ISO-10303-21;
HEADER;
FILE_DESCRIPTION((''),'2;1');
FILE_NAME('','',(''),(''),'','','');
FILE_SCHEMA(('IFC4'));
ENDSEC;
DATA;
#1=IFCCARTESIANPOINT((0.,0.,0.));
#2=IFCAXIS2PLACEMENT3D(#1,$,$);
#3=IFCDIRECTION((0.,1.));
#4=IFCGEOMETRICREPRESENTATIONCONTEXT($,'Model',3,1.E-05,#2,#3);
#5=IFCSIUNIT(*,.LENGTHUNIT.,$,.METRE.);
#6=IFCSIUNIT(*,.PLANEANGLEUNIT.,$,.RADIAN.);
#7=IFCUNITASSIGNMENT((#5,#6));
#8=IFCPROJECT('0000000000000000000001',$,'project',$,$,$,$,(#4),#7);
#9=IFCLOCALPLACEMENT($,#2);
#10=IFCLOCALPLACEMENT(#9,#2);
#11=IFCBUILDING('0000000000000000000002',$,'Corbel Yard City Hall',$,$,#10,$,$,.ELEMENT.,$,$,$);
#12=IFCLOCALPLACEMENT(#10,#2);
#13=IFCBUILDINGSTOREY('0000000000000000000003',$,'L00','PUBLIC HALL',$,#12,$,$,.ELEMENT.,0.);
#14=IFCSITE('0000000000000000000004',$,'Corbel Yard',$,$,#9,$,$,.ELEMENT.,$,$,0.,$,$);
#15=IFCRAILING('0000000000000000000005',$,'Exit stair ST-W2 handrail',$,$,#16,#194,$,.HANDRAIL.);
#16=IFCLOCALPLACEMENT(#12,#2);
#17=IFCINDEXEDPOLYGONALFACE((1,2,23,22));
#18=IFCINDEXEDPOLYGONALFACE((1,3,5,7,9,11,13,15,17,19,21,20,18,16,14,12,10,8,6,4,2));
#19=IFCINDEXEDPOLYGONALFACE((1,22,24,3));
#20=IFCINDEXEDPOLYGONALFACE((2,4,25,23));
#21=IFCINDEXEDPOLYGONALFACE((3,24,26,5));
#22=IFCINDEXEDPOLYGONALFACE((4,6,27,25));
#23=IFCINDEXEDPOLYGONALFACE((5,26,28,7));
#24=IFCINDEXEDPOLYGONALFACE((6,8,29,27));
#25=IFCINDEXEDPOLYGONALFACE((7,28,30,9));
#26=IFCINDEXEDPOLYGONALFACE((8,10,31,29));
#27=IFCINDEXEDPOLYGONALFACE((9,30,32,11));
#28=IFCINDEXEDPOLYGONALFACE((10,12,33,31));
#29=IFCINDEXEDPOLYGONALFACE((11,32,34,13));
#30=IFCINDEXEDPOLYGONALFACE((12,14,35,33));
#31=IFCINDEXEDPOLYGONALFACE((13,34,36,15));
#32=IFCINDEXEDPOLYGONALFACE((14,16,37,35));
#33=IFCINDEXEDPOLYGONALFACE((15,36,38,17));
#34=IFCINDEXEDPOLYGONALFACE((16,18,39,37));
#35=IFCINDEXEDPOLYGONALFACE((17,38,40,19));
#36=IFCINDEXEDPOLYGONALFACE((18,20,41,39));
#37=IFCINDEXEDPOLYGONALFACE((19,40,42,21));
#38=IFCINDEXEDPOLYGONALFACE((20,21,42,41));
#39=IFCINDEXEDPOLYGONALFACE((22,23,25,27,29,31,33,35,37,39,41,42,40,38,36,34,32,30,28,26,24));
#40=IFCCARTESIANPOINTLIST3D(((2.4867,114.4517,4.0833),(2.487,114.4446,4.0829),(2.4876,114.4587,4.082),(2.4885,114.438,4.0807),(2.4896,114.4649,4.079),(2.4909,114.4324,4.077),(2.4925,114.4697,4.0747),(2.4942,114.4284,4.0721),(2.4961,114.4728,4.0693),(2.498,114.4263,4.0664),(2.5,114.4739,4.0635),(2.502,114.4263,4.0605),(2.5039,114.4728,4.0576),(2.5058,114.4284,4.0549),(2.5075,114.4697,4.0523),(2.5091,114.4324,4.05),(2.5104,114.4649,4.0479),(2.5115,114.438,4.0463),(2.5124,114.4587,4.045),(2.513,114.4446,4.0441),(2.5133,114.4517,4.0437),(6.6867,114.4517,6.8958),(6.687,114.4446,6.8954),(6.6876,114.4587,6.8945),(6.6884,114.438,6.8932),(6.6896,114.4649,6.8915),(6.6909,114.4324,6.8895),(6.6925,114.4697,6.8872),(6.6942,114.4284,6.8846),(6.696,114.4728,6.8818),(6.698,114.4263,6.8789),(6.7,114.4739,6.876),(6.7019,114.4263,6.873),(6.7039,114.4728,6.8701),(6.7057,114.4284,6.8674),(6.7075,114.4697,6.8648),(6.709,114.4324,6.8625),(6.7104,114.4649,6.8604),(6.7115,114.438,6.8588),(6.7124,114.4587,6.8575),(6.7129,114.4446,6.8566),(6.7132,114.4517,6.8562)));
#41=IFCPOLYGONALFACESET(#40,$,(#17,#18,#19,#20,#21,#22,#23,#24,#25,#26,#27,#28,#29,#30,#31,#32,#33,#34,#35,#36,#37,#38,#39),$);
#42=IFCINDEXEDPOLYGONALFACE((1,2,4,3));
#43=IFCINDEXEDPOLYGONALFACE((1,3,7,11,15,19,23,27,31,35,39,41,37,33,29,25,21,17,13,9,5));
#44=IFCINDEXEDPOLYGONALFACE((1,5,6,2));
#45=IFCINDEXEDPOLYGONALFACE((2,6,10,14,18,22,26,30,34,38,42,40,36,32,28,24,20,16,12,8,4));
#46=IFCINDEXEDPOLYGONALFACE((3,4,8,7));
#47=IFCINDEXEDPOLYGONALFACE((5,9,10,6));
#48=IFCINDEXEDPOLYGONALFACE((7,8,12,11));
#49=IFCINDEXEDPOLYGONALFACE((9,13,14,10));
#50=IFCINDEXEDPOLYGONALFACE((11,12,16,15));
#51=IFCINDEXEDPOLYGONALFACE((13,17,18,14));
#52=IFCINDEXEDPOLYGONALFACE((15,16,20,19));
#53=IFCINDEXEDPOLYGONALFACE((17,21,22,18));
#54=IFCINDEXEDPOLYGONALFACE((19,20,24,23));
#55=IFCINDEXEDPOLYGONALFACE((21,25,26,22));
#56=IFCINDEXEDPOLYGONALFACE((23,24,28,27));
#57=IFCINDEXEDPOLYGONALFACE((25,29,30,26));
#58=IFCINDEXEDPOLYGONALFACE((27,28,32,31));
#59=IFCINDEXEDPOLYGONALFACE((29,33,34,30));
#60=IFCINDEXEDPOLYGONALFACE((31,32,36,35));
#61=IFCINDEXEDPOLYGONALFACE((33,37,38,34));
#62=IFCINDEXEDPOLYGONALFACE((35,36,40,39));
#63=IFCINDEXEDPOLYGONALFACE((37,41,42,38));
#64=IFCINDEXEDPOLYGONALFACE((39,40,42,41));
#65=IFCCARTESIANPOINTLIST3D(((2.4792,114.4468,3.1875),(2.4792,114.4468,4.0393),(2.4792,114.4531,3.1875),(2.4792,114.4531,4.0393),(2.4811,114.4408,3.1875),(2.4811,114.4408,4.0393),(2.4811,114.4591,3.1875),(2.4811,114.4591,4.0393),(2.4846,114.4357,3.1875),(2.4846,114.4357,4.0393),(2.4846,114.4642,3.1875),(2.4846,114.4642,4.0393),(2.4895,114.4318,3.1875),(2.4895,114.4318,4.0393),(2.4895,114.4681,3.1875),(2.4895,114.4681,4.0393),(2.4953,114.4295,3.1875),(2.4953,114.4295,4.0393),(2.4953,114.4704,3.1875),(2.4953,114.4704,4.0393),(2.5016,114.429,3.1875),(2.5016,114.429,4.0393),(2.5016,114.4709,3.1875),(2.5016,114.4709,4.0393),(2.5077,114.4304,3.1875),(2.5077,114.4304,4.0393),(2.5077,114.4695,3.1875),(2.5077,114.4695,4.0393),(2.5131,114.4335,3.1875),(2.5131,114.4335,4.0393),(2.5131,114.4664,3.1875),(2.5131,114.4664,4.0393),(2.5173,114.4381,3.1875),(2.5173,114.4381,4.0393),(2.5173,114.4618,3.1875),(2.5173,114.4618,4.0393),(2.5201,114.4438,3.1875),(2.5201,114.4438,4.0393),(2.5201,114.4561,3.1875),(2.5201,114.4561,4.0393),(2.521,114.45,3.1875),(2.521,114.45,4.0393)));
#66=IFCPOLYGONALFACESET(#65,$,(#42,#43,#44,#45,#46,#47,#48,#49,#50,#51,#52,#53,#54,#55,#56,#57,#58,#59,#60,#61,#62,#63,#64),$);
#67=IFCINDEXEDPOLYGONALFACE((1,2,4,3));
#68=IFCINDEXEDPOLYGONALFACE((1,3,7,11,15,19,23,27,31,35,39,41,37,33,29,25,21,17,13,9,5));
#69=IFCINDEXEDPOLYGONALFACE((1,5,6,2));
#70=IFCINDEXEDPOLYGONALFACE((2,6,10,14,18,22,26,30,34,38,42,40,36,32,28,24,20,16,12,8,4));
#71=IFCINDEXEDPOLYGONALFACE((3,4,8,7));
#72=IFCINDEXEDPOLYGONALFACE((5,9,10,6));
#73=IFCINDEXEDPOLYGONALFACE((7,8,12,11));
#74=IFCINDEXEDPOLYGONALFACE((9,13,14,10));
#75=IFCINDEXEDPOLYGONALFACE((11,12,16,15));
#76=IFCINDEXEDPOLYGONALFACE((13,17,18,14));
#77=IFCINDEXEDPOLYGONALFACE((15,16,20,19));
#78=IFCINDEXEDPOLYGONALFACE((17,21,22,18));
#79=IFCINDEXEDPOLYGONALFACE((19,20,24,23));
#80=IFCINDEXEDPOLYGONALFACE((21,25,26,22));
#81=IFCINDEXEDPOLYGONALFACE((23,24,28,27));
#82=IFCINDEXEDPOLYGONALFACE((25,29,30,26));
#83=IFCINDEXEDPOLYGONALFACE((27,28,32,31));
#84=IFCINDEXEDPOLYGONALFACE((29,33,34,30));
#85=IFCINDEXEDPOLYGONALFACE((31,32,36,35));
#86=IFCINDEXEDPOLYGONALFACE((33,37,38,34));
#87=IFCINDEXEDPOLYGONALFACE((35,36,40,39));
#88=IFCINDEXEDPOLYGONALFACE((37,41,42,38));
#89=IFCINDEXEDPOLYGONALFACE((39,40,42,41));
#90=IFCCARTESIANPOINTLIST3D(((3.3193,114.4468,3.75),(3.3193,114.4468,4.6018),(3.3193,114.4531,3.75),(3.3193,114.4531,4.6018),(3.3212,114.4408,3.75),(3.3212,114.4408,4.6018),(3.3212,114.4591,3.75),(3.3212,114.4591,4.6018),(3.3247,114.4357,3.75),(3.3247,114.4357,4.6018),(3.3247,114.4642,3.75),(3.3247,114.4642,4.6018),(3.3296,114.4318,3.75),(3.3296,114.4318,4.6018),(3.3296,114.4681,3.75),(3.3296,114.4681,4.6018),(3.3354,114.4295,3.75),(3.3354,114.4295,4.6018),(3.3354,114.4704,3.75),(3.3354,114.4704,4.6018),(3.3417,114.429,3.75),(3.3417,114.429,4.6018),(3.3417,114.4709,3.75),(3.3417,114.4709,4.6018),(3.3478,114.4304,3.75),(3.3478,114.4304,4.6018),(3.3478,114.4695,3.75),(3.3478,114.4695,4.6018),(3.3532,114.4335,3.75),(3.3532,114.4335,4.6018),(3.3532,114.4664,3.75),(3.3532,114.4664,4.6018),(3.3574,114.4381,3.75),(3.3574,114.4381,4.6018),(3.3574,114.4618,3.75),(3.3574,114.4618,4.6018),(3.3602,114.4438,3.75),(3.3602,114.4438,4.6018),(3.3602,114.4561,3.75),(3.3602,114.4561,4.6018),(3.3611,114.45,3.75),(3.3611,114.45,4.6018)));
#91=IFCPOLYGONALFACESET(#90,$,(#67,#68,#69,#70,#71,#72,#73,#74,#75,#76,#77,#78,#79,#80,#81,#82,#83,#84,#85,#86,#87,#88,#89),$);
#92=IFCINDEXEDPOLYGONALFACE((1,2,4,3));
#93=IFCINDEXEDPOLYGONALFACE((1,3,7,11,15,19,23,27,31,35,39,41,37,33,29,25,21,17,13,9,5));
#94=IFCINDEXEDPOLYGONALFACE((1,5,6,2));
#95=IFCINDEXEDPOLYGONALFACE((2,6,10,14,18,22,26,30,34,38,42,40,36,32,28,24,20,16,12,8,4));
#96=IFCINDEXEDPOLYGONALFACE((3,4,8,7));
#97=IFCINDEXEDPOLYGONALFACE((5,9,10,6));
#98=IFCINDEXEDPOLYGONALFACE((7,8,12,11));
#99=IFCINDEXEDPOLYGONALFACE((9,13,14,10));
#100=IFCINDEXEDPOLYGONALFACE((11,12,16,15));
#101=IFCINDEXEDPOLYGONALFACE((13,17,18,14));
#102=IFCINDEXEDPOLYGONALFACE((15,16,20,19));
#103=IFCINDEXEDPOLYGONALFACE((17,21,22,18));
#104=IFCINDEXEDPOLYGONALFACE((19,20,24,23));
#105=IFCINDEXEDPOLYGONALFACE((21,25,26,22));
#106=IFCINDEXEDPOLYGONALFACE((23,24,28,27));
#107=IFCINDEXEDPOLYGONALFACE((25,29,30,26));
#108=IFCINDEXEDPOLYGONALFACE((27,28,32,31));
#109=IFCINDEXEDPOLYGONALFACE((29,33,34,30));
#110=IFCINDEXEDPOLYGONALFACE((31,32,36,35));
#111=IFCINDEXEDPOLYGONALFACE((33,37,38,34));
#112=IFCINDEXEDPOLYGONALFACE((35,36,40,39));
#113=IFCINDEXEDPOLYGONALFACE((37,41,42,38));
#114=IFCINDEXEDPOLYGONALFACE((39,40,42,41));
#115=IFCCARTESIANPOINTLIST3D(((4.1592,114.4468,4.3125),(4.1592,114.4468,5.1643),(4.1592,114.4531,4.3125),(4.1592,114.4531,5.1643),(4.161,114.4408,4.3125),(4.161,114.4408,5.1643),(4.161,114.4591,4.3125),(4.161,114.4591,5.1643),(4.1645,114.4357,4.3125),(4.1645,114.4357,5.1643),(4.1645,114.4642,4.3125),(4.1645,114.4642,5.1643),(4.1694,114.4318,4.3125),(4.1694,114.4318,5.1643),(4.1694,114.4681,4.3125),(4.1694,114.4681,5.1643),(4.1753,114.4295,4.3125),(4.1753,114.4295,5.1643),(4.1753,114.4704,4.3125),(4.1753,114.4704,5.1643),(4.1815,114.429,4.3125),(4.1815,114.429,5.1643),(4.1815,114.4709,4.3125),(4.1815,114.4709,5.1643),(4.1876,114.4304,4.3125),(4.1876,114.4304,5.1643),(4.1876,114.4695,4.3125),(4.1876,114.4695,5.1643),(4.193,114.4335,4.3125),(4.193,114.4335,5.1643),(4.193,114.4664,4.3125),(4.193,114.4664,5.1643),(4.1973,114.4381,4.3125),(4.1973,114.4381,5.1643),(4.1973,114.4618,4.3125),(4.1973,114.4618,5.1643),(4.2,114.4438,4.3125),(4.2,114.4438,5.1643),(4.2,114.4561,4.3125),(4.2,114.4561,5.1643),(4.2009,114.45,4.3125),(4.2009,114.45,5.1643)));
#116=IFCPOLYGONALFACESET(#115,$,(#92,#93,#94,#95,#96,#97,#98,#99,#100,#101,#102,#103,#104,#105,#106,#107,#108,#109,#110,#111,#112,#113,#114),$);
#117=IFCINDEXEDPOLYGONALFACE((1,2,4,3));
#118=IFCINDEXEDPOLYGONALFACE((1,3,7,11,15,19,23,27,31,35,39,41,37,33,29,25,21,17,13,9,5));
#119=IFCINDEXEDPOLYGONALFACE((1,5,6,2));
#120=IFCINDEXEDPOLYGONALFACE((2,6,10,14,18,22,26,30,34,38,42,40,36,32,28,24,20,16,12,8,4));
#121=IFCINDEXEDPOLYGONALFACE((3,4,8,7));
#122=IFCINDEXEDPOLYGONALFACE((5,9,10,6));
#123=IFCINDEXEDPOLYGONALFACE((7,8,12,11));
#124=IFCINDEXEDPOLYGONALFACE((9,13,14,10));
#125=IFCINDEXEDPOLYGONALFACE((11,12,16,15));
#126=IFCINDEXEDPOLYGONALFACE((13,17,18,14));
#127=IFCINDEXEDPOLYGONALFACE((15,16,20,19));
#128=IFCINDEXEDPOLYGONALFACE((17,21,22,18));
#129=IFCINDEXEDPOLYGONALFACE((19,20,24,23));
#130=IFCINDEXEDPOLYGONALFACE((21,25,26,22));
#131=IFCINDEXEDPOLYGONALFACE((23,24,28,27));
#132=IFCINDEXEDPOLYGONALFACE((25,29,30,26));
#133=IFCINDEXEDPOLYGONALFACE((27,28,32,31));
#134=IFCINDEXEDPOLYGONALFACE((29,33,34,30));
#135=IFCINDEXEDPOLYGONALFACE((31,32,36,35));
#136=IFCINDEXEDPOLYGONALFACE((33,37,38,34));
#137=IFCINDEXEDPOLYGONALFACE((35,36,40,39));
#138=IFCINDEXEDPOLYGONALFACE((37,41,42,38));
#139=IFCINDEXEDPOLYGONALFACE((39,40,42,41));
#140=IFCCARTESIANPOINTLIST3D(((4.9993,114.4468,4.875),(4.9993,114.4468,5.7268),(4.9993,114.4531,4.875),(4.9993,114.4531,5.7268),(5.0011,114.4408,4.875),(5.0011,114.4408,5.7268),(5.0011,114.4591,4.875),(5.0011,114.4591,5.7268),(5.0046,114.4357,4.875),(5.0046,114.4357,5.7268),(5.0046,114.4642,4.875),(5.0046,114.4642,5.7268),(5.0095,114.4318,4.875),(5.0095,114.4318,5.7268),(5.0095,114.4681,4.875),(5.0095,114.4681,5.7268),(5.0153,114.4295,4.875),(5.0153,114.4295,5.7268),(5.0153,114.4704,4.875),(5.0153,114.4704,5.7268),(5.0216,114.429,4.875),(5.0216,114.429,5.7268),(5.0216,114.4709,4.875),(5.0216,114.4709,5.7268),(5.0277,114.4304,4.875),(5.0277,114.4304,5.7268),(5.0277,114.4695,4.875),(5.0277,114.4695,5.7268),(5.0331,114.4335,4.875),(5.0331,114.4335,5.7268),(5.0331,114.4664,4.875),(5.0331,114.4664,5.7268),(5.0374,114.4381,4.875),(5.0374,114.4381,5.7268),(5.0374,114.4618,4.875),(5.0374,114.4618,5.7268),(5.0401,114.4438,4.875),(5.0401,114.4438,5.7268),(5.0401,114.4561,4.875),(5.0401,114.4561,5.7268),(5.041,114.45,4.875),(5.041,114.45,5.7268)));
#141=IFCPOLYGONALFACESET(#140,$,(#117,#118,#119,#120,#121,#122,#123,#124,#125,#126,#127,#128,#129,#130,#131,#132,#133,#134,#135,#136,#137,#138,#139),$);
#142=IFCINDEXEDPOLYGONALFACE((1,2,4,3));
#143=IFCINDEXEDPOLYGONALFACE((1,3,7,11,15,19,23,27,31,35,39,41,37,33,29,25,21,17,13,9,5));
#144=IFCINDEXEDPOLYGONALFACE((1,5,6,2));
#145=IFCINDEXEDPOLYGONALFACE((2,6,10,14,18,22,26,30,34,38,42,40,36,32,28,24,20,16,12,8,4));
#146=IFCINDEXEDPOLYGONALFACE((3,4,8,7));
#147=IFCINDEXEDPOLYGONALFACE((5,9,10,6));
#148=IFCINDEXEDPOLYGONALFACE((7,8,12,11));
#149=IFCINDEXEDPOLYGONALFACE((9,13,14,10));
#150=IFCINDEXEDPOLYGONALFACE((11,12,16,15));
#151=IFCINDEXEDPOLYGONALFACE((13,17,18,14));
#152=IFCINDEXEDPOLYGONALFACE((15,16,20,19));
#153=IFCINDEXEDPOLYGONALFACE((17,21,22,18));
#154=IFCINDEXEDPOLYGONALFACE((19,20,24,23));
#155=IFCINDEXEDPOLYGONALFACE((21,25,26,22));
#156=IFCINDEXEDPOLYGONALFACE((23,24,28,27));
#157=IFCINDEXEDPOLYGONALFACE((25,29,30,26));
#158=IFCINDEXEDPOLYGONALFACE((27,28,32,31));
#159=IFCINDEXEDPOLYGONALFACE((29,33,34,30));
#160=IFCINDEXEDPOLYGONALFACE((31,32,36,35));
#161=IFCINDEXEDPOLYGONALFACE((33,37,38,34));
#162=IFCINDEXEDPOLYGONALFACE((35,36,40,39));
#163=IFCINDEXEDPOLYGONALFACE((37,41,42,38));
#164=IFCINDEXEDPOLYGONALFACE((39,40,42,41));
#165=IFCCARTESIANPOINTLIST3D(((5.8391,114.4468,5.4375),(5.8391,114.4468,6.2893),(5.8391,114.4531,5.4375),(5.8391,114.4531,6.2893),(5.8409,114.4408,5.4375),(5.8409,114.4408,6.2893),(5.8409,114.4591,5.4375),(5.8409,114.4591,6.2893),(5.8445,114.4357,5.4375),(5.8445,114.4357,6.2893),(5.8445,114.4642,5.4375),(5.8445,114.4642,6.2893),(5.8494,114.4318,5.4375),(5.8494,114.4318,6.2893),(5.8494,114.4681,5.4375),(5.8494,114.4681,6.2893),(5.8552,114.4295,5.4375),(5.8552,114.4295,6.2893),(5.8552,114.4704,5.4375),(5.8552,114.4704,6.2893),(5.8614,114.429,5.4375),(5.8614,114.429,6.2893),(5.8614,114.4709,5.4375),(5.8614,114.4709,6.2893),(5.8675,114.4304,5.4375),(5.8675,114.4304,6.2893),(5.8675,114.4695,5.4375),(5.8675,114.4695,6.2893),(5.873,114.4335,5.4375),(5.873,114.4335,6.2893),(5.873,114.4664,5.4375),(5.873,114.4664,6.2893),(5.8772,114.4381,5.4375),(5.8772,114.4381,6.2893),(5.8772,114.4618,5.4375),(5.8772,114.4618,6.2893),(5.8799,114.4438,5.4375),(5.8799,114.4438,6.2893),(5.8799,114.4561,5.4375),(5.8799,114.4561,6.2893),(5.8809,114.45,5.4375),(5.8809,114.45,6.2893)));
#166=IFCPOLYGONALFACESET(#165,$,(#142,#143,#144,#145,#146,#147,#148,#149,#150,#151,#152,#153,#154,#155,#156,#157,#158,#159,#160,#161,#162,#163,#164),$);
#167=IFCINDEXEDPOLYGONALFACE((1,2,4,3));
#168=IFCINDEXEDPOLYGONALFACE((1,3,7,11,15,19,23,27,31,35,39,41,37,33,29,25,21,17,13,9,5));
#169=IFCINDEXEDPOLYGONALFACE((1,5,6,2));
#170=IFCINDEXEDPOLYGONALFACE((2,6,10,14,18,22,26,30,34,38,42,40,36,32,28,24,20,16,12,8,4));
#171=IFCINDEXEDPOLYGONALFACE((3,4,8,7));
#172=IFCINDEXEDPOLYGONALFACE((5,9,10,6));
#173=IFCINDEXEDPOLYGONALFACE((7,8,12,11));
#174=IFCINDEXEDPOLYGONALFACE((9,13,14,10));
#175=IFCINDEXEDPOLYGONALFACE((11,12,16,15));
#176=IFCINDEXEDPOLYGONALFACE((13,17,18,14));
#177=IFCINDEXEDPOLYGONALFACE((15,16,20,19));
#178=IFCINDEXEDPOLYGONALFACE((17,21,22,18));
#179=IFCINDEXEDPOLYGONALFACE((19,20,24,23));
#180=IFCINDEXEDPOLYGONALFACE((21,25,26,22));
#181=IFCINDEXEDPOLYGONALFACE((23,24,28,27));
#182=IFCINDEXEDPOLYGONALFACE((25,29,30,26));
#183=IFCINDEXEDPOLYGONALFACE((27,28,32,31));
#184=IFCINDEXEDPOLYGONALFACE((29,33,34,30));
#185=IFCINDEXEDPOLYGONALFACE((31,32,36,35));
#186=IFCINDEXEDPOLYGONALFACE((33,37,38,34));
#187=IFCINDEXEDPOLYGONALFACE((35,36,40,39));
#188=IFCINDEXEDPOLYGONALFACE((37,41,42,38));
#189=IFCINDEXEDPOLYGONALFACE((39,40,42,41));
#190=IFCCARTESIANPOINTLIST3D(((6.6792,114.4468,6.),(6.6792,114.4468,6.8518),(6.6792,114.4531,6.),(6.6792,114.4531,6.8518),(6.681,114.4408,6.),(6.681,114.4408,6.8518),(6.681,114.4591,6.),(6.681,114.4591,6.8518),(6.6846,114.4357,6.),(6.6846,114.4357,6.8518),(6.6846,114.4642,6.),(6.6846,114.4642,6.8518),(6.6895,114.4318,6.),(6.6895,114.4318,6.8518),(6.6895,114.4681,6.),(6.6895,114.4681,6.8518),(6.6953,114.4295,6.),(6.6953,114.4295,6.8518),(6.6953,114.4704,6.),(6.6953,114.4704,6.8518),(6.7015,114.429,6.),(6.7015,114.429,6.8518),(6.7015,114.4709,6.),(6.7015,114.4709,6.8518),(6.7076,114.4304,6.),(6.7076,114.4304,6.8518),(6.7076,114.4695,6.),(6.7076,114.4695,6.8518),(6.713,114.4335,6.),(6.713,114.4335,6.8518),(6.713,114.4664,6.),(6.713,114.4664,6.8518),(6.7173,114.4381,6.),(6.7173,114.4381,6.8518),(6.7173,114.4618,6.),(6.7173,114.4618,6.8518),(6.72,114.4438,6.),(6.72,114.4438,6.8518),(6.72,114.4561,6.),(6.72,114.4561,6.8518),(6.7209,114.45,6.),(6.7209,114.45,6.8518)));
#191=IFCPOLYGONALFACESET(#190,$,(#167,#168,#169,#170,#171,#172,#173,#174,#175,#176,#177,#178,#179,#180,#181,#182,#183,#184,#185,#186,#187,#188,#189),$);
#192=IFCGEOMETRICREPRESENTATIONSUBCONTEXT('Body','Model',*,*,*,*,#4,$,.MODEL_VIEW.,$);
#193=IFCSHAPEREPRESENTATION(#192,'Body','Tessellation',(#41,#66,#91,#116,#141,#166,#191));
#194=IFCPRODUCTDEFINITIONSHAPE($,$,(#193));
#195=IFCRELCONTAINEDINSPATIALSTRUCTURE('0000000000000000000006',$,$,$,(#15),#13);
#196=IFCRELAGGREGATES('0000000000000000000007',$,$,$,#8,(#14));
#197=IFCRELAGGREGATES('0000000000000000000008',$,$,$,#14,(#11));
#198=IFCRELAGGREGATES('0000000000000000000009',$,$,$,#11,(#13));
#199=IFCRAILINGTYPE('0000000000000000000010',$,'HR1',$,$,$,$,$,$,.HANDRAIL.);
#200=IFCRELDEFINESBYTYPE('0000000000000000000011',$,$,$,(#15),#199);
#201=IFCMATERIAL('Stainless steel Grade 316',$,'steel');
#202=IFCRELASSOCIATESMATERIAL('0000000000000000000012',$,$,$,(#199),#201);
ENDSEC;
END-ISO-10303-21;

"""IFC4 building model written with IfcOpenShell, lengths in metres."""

from ifc_helpers import new_model, si_unit, direction, frame, origin, origin_2d, place, context, subcontext, project, spatial, circle, extrude, material, type_object, element, save


model = new_model("IFC4")

# Units and contexts
model_context = context("Model", 3, precision=1e-05, world=origin(), true_north=direction((0.0, 1.0)))
body_context = subcontext(model_context, "Body", "Model", "MODEL_VIEW")
ifc_project = project(units=[si_unit("LENGTHUNIT", "METRE"), si_unit("PLANEANGLEUNIT", "RADIAN")], contexts=[model_context])

# Site, building, storey
site_placement = place(None, origin())
site = spatial("IfcSite", under=ifc_project, at=site_placement, Name="Corbel Yard", CompositionType="ELEMENT", RefElevation=0.0)
building_placement = place(site_placement, origin())
building = spatial("IfcBuilding", under=site, at=building_placement, Name="Corbel Yard City Hall", CompositionType="ELEMENT")
storey_placement = place(building_placement, origin())
storey = spatial("IfcBuildingStorey", under=building, at=storey_placement, Name="L00", Description="PUBLIC HALL", CompositionType="ELEMENT", Elevation=0.0)

# Shared definitions
ifc_material_1 = material(Name="Stainless steel Grade 316", Category="steel")

# Railing
railing_type = type_object("IfcRailingType", Name="HR1", PredefinedType="HANDRAIL", material=ifc_material_1)
for number, where, name in (
    (1, (2.5, 114.45, 3.1875), "Exit stair ST-W2 handrail"),
):
    element("IfcRailing", number, at=place(storey_placement, frame(where)), inside=storey, type_object=railing_type, Name=name, PredefinedType="HANDRAIL", context=body_context, shape_type="SweptSolid", body=[
        extrude(circle(Radius=0.0239, at=origin_2d()), frame((0.0, 0.0, 0.876), z_axis=(0.830904, 0.0, 0.556416), x_axis=(0.0, 1.0, 0.0)), (0.0, 0.0, 1.0), 5.0547),
        extrude(circle(Radius=0.021, at=origin_2d()), origin(), (0.0, 0.0, 1.0), 0.8518),
        extrude(circle(Radius=0.021, at=origin_2d()), frame((0.8401, 0.0, 0.5625)), (0.0, 0.0, 1.0), 0.8518),
        extrude(circle(Radius=0.021, at=origin_2d()), frame((1.6799, 0.0, 1.125)), (0.0, 0.0, 1.0), 0.8518),
        extrude(circle(Radius=0.021, at=origin_2d()), frame((2.52, 0.0, 1.6875)), (0.0, 0.0, 1.0), 0.8518),
        extrude(circle(Radius=0.021, at=origin_2d()), frame((3.3599, 0.0, 2.25)), (0.0, 0.0, 1.0), 0.8518),
        extrude(circle(Radius=0.021, at=origin_2d()), frame((4.2, 0.0, 2.8125)), (0.0, 0.0, 1.0), 0.8518),
    ])

save(model, "model.ifc")
